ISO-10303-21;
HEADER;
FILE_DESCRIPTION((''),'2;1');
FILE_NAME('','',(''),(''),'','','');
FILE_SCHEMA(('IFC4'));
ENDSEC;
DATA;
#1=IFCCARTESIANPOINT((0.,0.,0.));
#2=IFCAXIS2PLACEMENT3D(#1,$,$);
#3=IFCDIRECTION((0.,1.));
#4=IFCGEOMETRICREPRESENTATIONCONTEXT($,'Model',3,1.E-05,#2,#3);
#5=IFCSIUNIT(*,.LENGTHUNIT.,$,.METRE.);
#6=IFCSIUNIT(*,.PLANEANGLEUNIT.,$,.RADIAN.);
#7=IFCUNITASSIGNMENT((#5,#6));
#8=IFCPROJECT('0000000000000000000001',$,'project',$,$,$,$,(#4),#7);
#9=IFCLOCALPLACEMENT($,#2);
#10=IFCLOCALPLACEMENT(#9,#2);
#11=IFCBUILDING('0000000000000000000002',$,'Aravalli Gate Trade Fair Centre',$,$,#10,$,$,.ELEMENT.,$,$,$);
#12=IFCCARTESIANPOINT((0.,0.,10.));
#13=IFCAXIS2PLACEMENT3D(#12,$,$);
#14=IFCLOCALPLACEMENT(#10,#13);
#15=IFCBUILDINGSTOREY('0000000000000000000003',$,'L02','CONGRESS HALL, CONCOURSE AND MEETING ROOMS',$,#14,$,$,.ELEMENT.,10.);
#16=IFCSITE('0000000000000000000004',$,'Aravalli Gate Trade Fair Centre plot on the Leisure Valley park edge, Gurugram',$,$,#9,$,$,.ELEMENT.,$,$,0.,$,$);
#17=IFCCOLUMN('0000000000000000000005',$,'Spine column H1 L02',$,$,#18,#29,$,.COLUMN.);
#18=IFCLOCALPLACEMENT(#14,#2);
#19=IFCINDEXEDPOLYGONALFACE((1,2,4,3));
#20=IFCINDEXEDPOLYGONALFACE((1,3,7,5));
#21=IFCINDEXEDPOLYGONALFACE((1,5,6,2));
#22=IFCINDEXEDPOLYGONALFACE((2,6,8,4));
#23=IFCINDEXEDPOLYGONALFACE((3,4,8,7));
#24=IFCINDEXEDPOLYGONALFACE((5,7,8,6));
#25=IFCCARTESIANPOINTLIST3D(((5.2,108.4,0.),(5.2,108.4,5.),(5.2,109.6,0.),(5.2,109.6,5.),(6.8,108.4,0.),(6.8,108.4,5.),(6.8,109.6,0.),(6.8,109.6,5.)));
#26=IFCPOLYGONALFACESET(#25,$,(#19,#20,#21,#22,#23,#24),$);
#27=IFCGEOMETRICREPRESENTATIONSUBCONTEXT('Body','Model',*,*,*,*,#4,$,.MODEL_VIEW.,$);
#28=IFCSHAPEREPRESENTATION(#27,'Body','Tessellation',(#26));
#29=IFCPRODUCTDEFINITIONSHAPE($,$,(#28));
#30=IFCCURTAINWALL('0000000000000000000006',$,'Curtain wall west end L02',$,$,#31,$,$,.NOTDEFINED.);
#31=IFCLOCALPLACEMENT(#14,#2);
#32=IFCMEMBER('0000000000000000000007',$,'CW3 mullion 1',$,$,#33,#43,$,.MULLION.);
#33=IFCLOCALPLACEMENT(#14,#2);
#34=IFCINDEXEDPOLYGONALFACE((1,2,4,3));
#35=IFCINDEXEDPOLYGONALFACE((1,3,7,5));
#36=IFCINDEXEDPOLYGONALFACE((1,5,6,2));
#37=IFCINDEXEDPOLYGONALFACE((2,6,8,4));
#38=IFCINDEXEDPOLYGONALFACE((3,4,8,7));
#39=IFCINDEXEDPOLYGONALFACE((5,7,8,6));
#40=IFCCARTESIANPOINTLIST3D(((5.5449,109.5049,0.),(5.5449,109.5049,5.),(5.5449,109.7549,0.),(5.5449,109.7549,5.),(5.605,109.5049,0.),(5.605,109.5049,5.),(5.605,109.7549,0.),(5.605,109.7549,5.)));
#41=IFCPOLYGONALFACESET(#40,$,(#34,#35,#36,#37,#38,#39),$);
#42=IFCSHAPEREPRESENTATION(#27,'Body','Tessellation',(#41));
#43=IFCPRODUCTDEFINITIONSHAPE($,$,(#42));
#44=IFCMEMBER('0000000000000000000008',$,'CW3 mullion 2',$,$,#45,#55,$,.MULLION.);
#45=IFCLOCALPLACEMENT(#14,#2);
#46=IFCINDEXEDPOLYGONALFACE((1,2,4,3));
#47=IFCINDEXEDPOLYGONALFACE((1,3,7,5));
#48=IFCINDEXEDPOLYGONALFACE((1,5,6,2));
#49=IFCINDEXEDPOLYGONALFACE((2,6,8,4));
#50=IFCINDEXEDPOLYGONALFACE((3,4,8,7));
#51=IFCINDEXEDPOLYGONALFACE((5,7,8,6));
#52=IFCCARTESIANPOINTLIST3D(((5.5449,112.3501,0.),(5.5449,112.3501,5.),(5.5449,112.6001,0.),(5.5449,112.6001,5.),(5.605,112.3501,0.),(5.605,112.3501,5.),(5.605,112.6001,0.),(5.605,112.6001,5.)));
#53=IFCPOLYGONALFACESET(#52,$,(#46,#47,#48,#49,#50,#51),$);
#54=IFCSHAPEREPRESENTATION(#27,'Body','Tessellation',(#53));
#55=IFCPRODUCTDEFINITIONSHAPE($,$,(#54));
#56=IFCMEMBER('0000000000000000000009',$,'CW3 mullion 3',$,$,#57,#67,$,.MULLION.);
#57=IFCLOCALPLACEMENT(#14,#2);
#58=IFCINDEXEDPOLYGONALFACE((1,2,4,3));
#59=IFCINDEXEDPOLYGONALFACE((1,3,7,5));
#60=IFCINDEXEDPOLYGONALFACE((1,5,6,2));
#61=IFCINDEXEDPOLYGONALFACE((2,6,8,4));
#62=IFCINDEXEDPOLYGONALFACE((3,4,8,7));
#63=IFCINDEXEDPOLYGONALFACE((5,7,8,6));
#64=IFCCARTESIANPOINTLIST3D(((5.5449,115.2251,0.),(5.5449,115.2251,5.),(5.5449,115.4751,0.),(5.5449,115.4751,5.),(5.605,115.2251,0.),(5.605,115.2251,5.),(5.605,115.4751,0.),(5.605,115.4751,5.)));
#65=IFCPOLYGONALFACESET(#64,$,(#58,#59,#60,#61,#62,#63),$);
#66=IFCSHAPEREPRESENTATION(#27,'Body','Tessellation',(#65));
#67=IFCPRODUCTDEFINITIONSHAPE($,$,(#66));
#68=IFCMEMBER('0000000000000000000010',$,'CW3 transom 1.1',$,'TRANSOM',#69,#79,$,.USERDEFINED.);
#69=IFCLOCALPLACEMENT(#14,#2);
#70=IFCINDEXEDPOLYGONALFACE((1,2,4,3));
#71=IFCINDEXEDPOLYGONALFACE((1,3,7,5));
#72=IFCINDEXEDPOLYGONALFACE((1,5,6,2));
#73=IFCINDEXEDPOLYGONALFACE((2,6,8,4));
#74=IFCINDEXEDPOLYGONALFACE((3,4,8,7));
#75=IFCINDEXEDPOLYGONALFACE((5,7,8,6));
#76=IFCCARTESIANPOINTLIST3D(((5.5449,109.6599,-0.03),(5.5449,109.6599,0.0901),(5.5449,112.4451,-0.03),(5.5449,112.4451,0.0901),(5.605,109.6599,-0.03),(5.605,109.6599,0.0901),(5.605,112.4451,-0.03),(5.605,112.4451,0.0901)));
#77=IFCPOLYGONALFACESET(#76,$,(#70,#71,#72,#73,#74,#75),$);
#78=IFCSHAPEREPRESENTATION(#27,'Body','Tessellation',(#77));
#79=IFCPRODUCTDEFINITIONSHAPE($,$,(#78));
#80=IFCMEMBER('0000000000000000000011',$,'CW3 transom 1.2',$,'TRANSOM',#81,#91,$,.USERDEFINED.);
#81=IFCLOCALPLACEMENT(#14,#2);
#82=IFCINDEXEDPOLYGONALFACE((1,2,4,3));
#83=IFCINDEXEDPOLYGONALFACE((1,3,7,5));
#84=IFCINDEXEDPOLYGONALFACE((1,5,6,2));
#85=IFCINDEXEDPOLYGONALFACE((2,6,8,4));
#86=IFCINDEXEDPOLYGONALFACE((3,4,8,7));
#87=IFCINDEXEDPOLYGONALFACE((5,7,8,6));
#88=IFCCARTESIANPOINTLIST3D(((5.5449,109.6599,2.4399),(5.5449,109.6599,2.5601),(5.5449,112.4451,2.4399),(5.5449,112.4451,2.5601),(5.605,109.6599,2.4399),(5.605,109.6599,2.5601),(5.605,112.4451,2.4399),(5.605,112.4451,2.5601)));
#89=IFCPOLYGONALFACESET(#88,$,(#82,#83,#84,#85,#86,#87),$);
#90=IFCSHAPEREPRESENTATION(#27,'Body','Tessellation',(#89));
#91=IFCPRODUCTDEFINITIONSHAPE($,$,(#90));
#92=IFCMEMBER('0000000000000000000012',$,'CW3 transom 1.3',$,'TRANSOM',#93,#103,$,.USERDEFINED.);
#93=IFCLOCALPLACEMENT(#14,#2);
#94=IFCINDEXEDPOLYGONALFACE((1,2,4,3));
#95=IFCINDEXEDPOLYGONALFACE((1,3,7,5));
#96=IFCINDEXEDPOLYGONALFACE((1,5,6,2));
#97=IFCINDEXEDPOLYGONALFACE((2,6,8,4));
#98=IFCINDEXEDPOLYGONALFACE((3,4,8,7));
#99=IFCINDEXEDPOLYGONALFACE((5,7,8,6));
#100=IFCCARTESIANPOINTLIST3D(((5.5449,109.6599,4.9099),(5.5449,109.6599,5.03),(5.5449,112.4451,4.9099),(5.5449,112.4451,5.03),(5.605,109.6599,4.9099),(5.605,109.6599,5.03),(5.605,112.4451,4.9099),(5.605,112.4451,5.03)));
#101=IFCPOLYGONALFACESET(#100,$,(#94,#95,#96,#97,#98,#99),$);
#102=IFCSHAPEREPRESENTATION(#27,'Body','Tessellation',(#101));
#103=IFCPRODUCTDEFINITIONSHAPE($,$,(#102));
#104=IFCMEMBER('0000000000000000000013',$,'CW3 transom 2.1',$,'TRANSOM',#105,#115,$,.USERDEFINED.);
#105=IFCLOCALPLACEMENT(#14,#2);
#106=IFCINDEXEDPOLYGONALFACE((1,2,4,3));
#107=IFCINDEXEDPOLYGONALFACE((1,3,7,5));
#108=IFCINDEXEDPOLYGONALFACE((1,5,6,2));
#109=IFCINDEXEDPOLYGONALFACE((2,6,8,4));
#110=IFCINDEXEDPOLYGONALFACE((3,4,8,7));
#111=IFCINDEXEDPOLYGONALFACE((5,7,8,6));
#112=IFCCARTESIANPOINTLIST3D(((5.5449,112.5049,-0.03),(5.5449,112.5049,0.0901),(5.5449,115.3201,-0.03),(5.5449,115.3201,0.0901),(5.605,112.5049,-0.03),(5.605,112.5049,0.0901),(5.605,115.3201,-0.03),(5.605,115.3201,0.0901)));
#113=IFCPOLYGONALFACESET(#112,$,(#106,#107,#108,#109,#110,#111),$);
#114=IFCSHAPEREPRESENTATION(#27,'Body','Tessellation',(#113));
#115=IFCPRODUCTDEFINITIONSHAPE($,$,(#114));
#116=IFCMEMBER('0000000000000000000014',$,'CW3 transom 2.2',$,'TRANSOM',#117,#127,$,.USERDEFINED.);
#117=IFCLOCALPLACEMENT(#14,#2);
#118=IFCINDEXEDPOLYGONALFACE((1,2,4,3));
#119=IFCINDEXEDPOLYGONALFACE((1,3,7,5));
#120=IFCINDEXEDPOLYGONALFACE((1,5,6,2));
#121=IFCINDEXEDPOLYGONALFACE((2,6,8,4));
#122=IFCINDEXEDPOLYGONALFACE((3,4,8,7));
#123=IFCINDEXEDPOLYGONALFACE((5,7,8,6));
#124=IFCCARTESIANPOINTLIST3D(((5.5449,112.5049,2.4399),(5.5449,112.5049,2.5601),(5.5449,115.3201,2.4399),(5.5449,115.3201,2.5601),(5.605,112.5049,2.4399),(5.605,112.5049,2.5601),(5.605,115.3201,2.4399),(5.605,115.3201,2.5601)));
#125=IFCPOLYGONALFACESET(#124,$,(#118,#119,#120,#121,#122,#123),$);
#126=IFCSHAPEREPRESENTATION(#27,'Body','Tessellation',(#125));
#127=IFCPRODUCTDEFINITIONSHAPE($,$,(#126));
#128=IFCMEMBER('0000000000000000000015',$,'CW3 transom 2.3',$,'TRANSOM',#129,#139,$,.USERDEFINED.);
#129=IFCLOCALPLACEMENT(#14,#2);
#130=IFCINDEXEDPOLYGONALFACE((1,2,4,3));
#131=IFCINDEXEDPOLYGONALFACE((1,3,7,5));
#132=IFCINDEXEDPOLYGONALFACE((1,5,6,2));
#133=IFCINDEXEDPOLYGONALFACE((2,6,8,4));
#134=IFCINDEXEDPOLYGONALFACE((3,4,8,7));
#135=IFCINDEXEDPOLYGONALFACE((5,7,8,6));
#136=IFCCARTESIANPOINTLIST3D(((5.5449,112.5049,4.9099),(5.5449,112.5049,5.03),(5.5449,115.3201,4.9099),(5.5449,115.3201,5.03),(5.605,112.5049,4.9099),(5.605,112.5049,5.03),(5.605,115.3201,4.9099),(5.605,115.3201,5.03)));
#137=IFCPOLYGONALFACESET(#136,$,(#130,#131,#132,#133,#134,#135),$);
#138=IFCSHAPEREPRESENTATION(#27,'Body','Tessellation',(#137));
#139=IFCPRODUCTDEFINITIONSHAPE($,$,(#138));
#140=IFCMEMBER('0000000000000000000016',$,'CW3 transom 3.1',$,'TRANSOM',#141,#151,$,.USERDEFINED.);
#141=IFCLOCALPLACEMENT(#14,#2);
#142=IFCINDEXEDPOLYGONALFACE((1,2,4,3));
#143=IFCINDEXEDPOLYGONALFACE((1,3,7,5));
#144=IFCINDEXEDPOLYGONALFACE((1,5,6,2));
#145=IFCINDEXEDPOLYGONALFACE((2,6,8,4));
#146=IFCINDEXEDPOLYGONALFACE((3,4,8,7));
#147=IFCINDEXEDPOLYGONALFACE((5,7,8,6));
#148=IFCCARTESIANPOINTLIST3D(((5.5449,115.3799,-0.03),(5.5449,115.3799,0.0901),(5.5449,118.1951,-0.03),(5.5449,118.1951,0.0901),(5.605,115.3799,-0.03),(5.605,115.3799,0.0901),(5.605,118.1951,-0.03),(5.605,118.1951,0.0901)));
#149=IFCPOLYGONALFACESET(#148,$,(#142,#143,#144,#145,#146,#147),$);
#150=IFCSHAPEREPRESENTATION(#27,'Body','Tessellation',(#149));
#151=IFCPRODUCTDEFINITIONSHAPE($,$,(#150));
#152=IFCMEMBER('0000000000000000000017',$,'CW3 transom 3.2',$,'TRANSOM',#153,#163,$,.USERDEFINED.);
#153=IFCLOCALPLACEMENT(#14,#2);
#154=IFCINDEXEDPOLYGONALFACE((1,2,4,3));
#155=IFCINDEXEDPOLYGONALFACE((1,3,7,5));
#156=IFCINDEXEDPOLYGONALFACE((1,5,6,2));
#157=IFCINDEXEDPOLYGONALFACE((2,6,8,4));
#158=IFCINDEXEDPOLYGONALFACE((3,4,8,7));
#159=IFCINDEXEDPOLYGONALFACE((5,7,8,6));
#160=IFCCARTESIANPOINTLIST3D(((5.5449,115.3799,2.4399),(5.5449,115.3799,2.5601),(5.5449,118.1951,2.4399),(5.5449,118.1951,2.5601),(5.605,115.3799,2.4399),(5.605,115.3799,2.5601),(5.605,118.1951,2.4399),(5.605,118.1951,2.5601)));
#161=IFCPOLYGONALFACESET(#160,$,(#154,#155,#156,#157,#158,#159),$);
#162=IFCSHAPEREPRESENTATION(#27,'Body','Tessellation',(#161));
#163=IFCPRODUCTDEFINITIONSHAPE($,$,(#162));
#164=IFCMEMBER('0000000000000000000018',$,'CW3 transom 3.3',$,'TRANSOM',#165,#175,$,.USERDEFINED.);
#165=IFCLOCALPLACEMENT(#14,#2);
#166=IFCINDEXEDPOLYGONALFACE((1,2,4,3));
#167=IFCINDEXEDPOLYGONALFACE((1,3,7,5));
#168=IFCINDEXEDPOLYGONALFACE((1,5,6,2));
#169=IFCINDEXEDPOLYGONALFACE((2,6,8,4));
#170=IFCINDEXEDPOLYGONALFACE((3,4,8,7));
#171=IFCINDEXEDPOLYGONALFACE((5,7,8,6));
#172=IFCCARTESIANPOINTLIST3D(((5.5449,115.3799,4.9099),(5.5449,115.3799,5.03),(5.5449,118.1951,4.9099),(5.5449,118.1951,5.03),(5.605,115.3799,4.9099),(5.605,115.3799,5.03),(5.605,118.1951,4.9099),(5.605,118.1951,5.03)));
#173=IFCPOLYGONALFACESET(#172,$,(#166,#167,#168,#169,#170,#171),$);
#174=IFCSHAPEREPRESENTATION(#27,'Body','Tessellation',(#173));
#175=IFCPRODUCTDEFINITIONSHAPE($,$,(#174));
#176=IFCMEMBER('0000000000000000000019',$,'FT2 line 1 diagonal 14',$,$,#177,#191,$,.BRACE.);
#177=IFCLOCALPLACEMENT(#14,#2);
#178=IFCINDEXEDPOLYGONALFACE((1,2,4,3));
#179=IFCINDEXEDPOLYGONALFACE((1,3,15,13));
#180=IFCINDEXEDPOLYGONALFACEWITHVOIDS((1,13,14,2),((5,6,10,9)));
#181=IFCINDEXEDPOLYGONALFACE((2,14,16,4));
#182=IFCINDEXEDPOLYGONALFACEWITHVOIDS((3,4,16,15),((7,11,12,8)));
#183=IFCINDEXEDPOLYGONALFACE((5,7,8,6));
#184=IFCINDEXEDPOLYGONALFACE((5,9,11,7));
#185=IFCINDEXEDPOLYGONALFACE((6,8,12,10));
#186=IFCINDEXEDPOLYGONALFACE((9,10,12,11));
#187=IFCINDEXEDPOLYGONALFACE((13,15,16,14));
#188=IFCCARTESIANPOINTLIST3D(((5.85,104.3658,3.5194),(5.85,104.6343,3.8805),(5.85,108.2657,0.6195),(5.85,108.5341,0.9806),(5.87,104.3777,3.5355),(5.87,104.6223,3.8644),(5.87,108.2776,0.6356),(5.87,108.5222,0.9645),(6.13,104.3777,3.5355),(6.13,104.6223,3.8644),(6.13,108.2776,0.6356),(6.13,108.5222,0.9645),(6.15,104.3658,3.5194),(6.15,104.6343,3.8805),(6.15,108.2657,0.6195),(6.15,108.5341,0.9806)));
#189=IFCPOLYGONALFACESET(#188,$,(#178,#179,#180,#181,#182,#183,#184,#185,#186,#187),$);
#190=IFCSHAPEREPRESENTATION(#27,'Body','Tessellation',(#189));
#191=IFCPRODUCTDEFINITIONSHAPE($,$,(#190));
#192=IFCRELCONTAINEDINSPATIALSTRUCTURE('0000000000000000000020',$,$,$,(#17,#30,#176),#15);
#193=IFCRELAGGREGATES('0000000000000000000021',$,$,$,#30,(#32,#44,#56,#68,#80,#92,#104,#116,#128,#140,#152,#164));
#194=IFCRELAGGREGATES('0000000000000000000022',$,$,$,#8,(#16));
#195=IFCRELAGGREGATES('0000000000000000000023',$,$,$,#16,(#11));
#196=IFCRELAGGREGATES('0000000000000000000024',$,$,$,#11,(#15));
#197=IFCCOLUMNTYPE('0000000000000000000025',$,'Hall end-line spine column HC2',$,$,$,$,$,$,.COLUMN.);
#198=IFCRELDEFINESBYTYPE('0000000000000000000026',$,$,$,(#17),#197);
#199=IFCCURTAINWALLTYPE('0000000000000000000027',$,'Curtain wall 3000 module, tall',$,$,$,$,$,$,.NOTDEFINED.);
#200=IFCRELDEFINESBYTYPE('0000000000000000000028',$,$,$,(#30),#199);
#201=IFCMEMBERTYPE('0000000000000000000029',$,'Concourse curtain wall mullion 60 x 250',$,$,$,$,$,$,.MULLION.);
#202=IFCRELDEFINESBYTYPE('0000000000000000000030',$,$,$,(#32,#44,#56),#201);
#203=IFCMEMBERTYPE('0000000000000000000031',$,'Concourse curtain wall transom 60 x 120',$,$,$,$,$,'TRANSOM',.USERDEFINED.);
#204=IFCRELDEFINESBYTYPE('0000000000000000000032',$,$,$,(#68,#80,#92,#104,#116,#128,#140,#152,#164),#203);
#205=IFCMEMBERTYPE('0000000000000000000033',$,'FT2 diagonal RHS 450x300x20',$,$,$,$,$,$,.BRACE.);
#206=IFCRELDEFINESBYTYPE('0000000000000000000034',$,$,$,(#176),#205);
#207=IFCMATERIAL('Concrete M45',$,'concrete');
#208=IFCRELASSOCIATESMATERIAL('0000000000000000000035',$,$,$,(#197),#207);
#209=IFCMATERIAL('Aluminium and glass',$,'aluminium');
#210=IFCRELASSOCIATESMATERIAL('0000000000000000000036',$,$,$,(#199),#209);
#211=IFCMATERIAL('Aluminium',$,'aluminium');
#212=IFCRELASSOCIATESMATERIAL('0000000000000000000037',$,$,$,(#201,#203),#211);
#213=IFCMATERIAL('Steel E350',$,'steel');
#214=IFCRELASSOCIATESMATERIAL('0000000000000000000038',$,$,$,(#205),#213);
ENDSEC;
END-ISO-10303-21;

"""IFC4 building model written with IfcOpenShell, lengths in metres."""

from ifc_helpers import new_model, si_unit, direction, frame, origin, origin_2d, place, context, subcontext, project, spatial, rectangle, hollow_rectangle, extrude, material, material_profile, profile_set, type_object, element, aggregate, save


model = new_model("IFC4")

# Units and contexts
model_context = context("Model", 3, precision=1e-05, world=origin(), true_north=direction((0.0, 1.0)))
body_context = subcontext(model_context, "Body", "Model", "MODEL_VIEW")
ifc_project = project(units=[si_unit("LENGTHUNIT", "METRE"), si_unit("PLANEANGLEUNIT", "RADIAN")], contexts=[model_context])

# Site, building, storey
site_placement = place(None, origin())
site = spatial("IfcSite", under=ifc_project, at=site_placement, Name="Aravalli Gate Trade Fair Centre plot on the Leisure Valley park edge, Gurugram", CompositionType="ELEMENT", RefElevation=0.0)
building_placement = place(site_placement, origin())
building = spatial("IfcBuilding", under=site, at=building_placement, Name="Aravalli Gate Trade Fair Centre", CompositionType="ELEMENT")
storey_placement = place(building_placement, frame((0.0, 0.0, 10.0)))
storey = spatial("IfcBuildingStorey", under=building, at=storey_placement, Name="L02", Description="CONGRESS HALL, CONCOURSE AND MEETING ROOMS", CompositionType="ELEMENT", Elevation=10.0)

# Column
ifc_material_1 = material(Name="Concrete M45", Category="concrete")
ifc_material_profile_1 = material_profile(ifc_material_1, rectangle(XDim=1.6001, YDim=1.2, at=origin_2d()), Name="RC 1600x1200")
ifc_profile_set_1 = profile_set([ifc_material_profile_1], Name="Concrete M45")
column_type = type_object("IfcColumnType", Name="Hall end-line spine column HC2", PredefinedType="COLUMN", material=ifc_profile_set_1)
column_placement = place(storey_placement, frame((6.0, 109.0, 0.0), z_axis=(0.0, 0.0, 1.0), x_axis=(1.0, 0.0, 0.0)))
element("IfcColumn", 1, at=column_placement, inside=storey, type_object=column_type, Name="Spine column H1 L02", PredefinedType="COLUMN", context=body_context, shape_type="SweptSolid", body=[
    extrude(rectangle(XDim=1.6001, YDim=1.2, at=origin_2d()), origin(), (0.0, 0.0, 1.0), 5.0),
])

# Curtain wall, members
ifc_material_2 = material(Name="Aluminium and glass", Category="aluminium")
curtain_wall_type = type_object("IfcCurtainWallType", Name="Curtain wall 3000 module, tall", PredefinedType="NOTDEFINED", material=ifc_material_2)
curtain_wall_placement = place(storey_placement, origin())
curtain_wall = element("IfcCurtainWall", 2, at=curtain_wall_placement, inside=storey, type_object=curtain_wall_type, Name="Curtain wall west end L02", PredefinedType="NOTDEFINED")
ifc_material_3 = material(Name="Aluminium", Category="aluminium")
ifc_material_profile_2 = material_profile(ifc_material_3, rectangle(XDim=0.0601, YDim=0.25, at=origin_2d()), Name="Concourse curtain wall mullion 60 x 250")
ifc_profile_set_2 = profile_set([ifc_material_profile_2], Name="Aluminium")
member_type_1 = type_object("IfcMemberType", Name="Concourse curtain wall mullion 60 x 250", PredefinedType="MULLION", material=ifc_profile_set_2)
member_1_placement = place(storey_placement, frame((5.575, 109.6299, 0.0), z_axis=(0.0, 0.0, 1.0), x_axis=(-1.0, 0.0, 0.0)))
member_1 = element("IfcMember", 3, at=member_1_placement, type_object=member_type_1, Name="CW3 mullion 1", PredefinedType="MULLION", context=body_context, shape_type="SweptSolid", body=[
    extrude(rectangle(XDim=0.0601, YDim=0.25, at=origin_2d()), origin(), (0.0, 0.0, 1.0), 5.0),
])
member_2_placement = place(storey_placement, frame((5.575, 112.4751, 0.0), z_axis=(0.0, 0.0, 1.0), x_axis=(-1.0, 0.0, 0.0)))
member_2 = element("IfcMember", 4, at=member_2_placement, type_object=member_type_1, Name="CW3 mullion 2", PredefinedType="MULLION", context=body_context, shape_type="SweptSolid", body=[
    extrude(rectangle(XDim=0.0601, YDim=0.25, at=origin_2d()), origin(), (0.0, 0.0, 1.0), 5.0),
])
member_3_placement = place(storey_placement, frame((5.575, 115.3501, 0.0), z_axis=(0.0, 0.0, 1.0), x_axis=(-1.0, 0.0, 0.0)))
member_3 = element("IfcMember", 5, at=member_3_placement, type_object=member_type_1, Name="CW3 mullion 3", PredefinedType="MULLION", context=body_context, shape_type="SweptSolid", body=[
    extrude(rectangle(XDim=0.0601, YDim=0.25, at=origin_2d()), origin(), (0.0, 0.0, 1.0), 5.0),
])
ifc_material_profile_3 = material_profile(ifc_material_3, rectangle(XDim=0.0601, YDim=0.1201, at=origin_2d()), Name="Concourse curtain wall transom 60 x 120")
ifc_profile_set_3 = profile_set([ifc_material_profile_3], Name="Aluminium")
member_type_2 = type_object("IfcMemberType", Name="Concourse curtain wall transom 60 x 120", ElementType="TRANSOM", PredefinedType="USERDEFINED", material=ifc_profile_set_3)
member_4_placement = place(storey_placement, frame((5.575, 109.6599, 0.03), z_axis=(0.0, 1.0, 0.0), x_axis=(-1.0, 0.0, 0.0)))
member_4 = element("IfcMember", 6, at=member_4_placement, type_object=member_type_2, Name="CW3 transom 1.1", ObjectType="TRANSOM", PredefinedType="USERDEFINED", context=body_context, shape_type="SweptSolid", body=[
    extrude(rectangle(XDim=0.0601, YDim=0.1201, at=origin_2d()), origin(), (0.0, 0.0, 1.0), 2.7852),
])
member_5_placement = place(storey_placement, frame((5.575, 109.6599, 2.5), z_axis=(0.0, 1.0, 0.0), x_axis=(-1.0, 0.0, 0.0)))
member_5 = element("IfcMember", 7, at=member_5_placement, type_object=member_type_2, Name="CW3 transom 1.2", ObjectType="TRANSOM", PredefinedType="USERDEFINED", context=body_context, shape_type="SweptSolid", body=[
    extrude(rectangle(XDim=0.0601, YDim=0.1201, at=origin_2d()), origin(), (0.0, 0.0, 1.0), 2.7852),
])
member_6_placement = place(storey_placement, frame((5.575, 109.6599, 4.97), z_axis=(0.0, 1.0, 0.0), x_axis=(-1.0, 0.0, 0.0)))
member_6 = element("IfcMember", 8, at=member_6_placement, type_object=member_type_2, Name="CW3 transom 1.3", ObjectType="TRANSOM", PredefinedType="USERDEFINED", context=body_context, shape_type="SweptSolid", body=[
    extrude(rectangle(XDim=0.0601, YDim=0.1201, at=origin_2d()), origin(), (0.0, 0.0, 1.0), 2.7852),
])
member_7_placement = place(storey_placement, frame((5.575, 112.5049, 0.03), z_axis=(0.0, 1.0, 0.0), x_axis=(-1.0, 0.0, 0.0)))
member_7 = element("IfcMember", 9, at=member_7_placement, type_object=member_type_2, Name="CW3 transom 2.1", ObjectType="TRANSOM", PredefinedType="USERDEFINED", context=body_context, shape_type="SweptSolid", body=[
    extrude(rectangle(XDim=0.0601, YDim=0.1201, at=origin_2d()), origin(), (0.0, 0.0, 1.0), 2.8152),
])
member_8_placement = place(storey_placement, frame((5.575, 112.5049, 2.5), z_axis=(0.0, 1.0, 0.0), x_axis=(-1.0, 0.0, 0.0)))
member_8 = element("IfcMember", 10, at=member_8_placement, type_object=member_type_2, Name="CW3 transom 2.2", ObjectType="TRANSOM", PredefinedType="USERDEFINED", context=body_context, shape_type="SweptSolid", body=[
    extrude(rectangle(XDim=0.0601, YDim=0.1201, at=origin_2d()), origin(), (0.0, 0.0, 1.0), 2.8152),
])
member_9_placement = place(storey_placement, frame((5.575, 112.5049, 4.97), z_axis=(0.0, 1.0, 0.0), x_axis=(-1.0, 0.0, 0.0)))
member_9 = element("IfcMember", 11, at=member_9_placement, type_object=member_type_2, Name="CW3 transom 2.3", ObjectType="TRANSOM", PredefinedType="USERDEFINED", context=body_context, shape_type="SweptSolid", body=[
    extrude(rectangle(XDim=0.0601, YDim=0.1201, at=origin_2d()), origin(), (0.0, 0.0, 1.0), 2.8152),
])
member_10_placement = place(storey_placement, frame((5.575, 115.3799, 0.03), z_axis=(0.0, 1.0, 0.0), x_axis=(-1.0, 0.0, 0.0)))
member_10 = element("IfcMember", 12, at=member_10_placement, type_object=member_type_2, Name="CW3 transom 3.1", ObjectType="TRANSOM", PredefinedType="USERDEFINED", context=body_context, shape_type="SweptSolid", body=[
    extrude(rectangle(XDim=0.0601, YDim=0.1201, at=origin_2d()), origin(), (0.0, 0.0, 1.0), 2.8152),
])
member_11_placement = place(storey_placement, frame((5.575, 115.3799, 2.5), z_axis=(0.0, 1.0, 0.0), x_axis=(-1.0, 0.0, 0.0)))
member_11 = element("IfcMember", 13, at=member_11_placement, type_object=member_type_2, Name="CW3 transom 3.2", ObjectType="TRANSOM", PredefinedType="USERDEFINED", context=body_context, shape_type="SweptSolid", body=[
    extrude(rectangle(XDim=0.0601, YDim=0.1201, at=origin_2d()), origin(), (0.0, 0.0, 1.0), 2.8152),
])
member_12_placement = place(storey_placement, frame((5.575, 115.3799, 4.97), z_axis=(0.0, 1.0, 0.0), x_axis=(-1.0, 0.0, 0.0)))
member_12 = element("IfcMember", 14, at=member_12_placement, type_object=member_type_2, Name="CW3 transom 3.3", ObjectType="TRANSOM", PredefinedType="USERDEFINED", context=body_context, shape_type="SweptSolid", body=[
    extrude(rectangle(XDim=0.0601, YDim=0.1201, at=origin_2d()), origin(), (0.0, 0.0, 1.0), 2.8152),
])

# Member
ifc_material_4 = material(Name="Steel E350", Category="steel")
ifc_material_profile_4 = material_profile(ifc_material_4, hollow_rectangle(XDim=0.3, YDim=0.45, WallThickness=0.02, at=origin_2d()), Name="RHS 450x300x20")
ifc_profile_set_4 = profile_set([ifc_material_profile_4], Name="Steel E350")
member_type_3 = type_object("IfcMemberType", Name="FT2 diagonal RHS 450x300x20", PredefinedType="BRACE", material=ifc_profile_set_4)
member_13_placement = place(storey_placement, frame((6.0, 108.3999, 0.8), z_axis=(0.0, -0.802465, 0.596699), x_axis=(1.0, 0.0, 0.0)))
element("IfcMember", 15, at=member_13_placement, inside=storey, type_object=member_type_3, Name="FT2 line 1 diagonal 14", PredefinedType="BRACE", context=body_context, shape_type="SweptSolid", body=[
    extrude(hollow_rectangle(XDim=0.3, YDim=0.45, WallThickness=0.02, at=origin_2d()), origin(), (0.0, 0.0, 1.0), 4.8599),
])

aggregate(curtain_wall, [member_1, member_2, member_3, member_4, member_5, member_6, member_7, member_8, member_9, member_10, member_11, member_12])

save(model, "model.ifc")
